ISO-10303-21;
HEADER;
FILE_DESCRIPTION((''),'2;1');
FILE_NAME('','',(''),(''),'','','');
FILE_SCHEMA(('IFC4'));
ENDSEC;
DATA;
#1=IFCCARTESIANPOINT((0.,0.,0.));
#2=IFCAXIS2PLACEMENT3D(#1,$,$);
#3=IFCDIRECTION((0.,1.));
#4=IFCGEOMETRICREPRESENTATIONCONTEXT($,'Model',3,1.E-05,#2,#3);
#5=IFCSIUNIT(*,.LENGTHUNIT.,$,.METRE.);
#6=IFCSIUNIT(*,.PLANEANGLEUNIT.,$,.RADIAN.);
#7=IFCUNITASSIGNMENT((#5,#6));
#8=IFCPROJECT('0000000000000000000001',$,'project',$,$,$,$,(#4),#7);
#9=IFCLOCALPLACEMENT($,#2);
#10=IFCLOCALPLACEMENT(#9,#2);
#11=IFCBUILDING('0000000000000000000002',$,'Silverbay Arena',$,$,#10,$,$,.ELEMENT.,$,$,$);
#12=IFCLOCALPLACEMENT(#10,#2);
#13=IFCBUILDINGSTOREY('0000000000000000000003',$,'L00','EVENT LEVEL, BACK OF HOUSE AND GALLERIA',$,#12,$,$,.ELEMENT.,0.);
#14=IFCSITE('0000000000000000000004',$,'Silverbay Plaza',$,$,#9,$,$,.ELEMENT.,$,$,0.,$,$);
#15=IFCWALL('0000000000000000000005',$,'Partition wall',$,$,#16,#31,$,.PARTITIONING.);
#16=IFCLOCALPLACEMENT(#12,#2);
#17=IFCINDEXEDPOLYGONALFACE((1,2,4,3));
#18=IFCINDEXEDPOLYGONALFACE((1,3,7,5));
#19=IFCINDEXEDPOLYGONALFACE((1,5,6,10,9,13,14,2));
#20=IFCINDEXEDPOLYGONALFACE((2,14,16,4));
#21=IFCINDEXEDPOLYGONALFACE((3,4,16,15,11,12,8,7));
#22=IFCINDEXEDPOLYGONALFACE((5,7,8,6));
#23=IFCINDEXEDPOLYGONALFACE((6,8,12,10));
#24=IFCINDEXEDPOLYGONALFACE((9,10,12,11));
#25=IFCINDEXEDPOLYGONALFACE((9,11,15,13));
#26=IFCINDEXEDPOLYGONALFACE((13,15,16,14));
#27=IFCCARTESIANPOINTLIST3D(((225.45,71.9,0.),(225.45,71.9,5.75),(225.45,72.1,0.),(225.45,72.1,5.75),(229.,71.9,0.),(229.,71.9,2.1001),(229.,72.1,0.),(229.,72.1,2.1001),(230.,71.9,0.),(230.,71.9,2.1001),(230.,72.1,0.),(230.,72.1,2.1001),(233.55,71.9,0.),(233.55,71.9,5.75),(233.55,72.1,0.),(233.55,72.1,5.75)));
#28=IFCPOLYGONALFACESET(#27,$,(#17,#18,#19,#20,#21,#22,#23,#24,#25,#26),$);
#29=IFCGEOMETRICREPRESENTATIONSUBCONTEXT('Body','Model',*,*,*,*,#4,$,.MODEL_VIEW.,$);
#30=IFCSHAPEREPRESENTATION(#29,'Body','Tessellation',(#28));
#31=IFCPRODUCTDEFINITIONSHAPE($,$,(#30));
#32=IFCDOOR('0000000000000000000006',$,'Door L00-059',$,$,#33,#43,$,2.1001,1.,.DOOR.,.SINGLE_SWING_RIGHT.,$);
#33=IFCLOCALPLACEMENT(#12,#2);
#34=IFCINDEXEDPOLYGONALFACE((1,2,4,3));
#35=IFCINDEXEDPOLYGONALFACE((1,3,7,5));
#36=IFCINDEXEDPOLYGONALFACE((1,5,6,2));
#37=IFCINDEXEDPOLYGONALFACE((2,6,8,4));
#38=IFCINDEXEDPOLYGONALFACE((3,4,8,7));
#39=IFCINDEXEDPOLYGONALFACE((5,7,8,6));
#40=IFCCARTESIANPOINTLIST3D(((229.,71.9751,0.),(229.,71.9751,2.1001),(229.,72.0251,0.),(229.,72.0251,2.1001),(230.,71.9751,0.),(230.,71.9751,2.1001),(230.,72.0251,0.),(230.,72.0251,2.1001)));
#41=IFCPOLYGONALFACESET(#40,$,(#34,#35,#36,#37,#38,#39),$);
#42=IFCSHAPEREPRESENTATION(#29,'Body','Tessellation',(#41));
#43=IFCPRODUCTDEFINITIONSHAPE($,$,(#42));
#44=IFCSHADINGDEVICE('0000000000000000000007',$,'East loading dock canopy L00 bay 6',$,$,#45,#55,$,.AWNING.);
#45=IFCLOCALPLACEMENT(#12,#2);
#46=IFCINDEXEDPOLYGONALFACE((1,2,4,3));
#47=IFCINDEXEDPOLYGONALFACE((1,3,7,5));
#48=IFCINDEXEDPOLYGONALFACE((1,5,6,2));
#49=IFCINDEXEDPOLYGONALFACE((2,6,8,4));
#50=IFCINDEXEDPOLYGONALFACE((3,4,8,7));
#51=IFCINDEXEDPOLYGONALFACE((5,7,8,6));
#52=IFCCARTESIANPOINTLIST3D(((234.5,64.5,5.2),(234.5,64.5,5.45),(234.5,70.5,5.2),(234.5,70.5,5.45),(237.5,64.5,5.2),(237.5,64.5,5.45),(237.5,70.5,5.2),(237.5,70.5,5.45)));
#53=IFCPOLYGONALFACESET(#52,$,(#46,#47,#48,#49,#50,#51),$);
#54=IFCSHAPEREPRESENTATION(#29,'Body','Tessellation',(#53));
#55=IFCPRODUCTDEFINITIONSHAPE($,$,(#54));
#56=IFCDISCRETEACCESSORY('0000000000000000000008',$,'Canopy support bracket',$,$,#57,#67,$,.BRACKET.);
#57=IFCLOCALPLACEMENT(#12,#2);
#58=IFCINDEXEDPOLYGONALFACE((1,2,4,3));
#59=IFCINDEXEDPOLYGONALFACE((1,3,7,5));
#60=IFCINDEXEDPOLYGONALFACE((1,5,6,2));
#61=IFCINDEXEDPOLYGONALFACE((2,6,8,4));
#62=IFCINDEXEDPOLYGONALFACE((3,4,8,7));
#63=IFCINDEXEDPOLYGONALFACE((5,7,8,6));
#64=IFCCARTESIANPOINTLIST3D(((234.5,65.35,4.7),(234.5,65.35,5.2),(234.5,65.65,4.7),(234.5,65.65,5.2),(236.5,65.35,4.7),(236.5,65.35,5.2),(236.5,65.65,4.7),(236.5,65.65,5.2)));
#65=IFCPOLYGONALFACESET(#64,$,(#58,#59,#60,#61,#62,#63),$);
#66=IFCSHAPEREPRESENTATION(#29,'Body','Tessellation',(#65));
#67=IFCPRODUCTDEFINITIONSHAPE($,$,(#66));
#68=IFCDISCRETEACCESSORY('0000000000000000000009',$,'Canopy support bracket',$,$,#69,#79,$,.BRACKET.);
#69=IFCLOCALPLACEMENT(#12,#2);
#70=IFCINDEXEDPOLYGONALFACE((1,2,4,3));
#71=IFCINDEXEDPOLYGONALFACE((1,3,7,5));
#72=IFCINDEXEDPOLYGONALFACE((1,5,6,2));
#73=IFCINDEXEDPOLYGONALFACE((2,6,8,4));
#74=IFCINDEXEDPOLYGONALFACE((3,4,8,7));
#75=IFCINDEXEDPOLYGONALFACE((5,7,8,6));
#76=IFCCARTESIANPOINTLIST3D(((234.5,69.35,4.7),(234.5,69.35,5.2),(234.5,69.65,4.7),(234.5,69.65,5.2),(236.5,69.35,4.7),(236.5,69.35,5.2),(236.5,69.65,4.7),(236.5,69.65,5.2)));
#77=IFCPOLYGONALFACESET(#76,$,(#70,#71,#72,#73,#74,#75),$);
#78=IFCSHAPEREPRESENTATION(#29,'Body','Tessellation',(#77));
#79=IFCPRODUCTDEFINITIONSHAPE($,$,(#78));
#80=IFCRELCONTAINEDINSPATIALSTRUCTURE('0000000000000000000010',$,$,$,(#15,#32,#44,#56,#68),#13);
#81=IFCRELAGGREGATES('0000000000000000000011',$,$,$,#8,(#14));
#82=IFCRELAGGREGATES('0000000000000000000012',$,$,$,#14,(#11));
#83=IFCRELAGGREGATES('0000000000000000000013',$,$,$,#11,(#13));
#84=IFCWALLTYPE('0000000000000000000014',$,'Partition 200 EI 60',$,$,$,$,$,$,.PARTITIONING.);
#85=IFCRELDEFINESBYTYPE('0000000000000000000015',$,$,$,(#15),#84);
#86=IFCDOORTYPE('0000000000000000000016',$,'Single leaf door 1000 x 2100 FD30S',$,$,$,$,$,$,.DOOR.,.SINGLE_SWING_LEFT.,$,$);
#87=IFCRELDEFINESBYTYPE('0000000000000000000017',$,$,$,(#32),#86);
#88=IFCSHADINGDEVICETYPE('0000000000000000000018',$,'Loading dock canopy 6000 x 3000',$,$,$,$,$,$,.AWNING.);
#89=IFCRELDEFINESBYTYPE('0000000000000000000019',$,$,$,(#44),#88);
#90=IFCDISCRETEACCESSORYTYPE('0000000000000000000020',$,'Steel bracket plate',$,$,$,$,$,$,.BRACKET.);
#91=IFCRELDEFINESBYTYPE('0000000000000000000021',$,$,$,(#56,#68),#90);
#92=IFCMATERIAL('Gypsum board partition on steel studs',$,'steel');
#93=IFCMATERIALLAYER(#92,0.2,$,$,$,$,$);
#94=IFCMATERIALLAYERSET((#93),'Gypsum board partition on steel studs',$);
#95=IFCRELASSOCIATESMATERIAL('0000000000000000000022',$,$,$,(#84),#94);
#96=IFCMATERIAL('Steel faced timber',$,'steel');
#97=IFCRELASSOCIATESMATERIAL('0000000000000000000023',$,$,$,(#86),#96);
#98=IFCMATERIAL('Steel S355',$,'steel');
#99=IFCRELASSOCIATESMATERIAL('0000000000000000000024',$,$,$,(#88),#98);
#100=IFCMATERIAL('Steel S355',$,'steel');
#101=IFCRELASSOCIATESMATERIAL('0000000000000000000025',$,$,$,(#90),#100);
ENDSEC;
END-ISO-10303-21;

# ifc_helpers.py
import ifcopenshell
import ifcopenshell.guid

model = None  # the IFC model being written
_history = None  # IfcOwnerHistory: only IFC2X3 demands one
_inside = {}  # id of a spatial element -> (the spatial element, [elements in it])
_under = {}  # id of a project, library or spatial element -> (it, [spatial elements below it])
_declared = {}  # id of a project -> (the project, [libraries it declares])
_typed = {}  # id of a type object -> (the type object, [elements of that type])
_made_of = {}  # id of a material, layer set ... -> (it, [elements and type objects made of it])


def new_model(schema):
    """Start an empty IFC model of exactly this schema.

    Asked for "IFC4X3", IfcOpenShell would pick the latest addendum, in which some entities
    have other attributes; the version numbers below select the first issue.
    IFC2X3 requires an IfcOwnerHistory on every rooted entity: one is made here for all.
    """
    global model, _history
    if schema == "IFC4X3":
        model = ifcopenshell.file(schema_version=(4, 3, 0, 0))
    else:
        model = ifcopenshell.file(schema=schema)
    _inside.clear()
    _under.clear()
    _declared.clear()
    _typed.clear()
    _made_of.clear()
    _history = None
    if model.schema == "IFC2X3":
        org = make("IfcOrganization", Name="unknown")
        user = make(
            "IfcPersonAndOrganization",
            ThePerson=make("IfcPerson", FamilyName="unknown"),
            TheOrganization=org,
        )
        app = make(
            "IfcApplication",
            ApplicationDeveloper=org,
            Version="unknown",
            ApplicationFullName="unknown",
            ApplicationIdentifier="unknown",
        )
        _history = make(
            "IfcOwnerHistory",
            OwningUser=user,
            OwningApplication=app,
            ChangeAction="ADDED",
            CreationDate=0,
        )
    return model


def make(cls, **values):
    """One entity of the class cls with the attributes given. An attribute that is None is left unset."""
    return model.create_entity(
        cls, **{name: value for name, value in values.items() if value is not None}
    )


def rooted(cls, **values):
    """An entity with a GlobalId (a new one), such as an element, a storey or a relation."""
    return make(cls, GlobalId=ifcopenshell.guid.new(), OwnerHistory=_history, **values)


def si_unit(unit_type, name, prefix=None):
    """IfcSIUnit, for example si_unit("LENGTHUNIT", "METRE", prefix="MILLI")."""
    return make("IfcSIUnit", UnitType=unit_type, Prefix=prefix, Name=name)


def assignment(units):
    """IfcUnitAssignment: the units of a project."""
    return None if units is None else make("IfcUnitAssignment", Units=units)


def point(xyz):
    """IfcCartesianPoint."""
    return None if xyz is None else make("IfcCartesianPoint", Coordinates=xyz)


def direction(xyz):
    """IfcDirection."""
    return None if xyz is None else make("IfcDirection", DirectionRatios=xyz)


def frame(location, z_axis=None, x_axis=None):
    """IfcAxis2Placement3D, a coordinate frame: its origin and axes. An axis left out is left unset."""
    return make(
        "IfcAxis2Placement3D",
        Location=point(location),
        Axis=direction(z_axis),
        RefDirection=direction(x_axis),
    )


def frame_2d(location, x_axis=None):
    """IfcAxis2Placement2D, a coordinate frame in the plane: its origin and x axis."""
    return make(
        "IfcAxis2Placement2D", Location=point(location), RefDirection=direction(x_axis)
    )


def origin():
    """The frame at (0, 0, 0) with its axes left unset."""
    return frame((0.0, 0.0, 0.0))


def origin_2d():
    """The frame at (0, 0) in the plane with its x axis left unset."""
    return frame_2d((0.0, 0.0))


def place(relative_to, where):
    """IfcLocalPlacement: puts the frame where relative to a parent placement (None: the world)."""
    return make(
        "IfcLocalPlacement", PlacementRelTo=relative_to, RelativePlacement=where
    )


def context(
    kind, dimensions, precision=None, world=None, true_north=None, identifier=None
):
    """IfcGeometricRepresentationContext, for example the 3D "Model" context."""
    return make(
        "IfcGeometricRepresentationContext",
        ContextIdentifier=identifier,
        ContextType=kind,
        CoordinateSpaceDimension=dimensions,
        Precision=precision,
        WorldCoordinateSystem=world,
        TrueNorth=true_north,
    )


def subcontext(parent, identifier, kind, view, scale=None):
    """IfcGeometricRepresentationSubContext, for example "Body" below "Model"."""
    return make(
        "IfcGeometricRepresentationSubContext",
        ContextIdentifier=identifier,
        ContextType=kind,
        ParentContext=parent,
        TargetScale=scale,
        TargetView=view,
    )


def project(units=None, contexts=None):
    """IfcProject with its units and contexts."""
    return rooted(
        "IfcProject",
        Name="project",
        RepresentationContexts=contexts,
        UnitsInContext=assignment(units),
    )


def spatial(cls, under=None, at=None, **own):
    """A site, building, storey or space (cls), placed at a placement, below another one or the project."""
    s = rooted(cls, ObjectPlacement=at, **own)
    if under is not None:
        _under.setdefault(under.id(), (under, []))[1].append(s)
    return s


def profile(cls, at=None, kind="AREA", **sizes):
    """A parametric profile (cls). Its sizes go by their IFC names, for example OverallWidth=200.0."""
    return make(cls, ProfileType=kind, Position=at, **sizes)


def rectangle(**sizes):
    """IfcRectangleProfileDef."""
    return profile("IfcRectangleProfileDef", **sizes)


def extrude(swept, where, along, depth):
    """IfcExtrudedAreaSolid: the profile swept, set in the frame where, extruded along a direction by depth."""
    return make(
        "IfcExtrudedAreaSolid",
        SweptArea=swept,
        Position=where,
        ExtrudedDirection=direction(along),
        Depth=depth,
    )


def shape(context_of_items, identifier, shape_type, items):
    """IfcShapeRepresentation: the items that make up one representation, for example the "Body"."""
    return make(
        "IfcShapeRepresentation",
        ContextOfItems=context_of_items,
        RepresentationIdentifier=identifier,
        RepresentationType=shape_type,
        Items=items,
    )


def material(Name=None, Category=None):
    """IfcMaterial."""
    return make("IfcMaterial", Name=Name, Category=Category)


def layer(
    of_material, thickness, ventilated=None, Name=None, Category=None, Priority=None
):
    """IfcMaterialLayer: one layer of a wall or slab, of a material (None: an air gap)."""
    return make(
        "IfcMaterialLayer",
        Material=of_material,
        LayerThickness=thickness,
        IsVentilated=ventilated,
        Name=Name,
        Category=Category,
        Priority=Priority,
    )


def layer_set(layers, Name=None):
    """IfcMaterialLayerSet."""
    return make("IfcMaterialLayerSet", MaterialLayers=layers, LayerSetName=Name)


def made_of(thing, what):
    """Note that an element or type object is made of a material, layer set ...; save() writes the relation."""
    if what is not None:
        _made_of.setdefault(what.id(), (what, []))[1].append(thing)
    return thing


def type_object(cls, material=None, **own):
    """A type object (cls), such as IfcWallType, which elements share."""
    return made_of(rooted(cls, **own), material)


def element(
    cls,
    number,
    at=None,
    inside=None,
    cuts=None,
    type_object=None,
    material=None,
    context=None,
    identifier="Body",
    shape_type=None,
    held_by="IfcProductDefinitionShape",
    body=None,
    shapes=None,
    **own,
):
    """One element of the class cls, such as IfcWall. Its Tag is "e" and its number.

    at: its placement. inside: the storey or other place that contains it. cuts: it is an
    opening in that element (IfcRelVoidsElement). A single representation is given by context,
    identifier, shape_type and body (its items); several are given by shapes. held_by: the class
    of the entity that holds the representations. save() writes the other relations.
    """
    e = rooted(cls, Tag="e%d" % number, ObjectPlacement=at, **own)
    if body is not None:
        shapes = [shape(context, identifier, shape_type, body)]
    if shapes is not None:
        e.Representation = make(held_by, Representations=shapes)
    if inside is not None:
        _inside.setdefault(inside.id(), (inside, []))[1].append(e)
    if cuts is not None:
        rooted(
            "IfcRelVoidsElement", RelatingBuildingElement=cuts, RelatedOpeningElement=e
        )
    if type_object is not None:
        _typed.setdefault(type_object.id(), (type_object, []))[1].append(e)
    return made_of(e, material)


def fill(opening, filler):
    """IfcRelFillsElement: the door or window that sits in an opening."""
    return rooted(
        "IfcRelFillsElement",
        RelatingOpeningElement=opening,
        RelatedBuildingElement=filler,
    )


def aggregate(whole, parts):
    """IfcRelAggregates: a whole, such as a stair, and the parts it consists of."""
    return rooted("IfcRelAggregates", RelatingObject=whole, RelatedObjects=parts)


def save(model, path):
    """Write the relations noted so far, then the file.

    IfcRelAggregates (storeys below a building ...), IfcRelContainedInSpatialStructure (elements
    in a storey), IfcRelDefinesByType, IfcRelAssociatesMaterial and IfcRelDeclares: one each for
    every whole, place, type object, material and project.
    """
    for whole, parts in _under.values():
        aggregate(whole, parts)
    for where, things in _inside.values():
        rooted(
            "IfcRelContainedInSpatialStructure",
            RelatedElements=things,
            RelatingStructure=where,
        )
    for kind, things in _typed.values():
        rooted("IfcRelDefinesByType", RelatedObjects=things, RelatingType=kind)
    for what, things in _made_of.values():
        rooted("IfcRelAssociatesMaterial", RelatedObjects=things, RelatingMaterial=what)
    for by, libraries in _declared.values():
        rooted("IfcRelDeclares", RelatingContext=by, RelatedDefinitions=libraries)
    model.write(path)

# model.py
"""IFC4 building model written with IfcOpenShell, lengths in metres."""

from ifc_helpers import new_model, si_unit, direction, frame, frame_2d, origin, origin_2d, place, context, subcontext, project, spatial, rectangle, extrude, material, layer, layer_set, type_object, element, fill, save


model = new_model("IFC4")

# Units and contexts
model_context = context("Model", 3, precision=1e-05, world=origin(), true_north=direction((0.0, 1.0)))
body_context = subcontext(model_context, "Body", "Model", "MODEL_VIEW")
ifc_project = project(units=[si_unit("LENGTHUNIT", "METRE"), si_unit("PLANEANGLEUNIT", "RADIAN")], contexts=[model_context])

# Site, building, storey
site_placement = place(None, origin())
site = spatial("IfcSite", under=ifc_project, at=site_placement, Name="Silverbay Plaza", CompositionType="ELEMENT", RefElevation=0.0)
building_placement = place(site_placement, origin())
building = spatial("IfcBuilding", under=site, at=building_placement, Name="Silverbay Arena", CompositionType="ELEMENT")
storey_placement = place(building_placement, origin())
storey = spatial("IfcBuildingStorey", under=building, at=storey_placement, Name="L00", Description="EVENT LEVEL, BACK OF HOUSE AND GALLERIA", CompositionType="ELEMENT", Elevation=0.0)

# Wall, opening, door
ifc_material_1 = material(Name="Gypsum board partition on steel studs", Category="steel")
ifc_layer_1 = layer(ifc_material_1, 0.2)
ifc_layer_set_1 = layer_set([ifc_layer_1], Name="Gypsum board partition on steel studs")
wall_type_1 = type_object("IfcWallType", Name="Partition 200 EI 60", PredefinedType="PARTITIONING", material=ifc_layer_set_1)
wall_1_placement = place(storey_placement, frame((225.45, 72.0, 0.0), z_axis=(0.0, 0.0, 1.0), x_axis=(1.0, 0.0, 0.0)))
wall_1 = element("IfcWall", 1, at=wall_1_placement, inside=storey, type_object=wall_type_1, Name="Partition wall", PredefinedType="PARTITIONING", context=body_context, shape_type="SweptSolid", body=[
    extrude(rectangle(XDim=8.1001, YDim=0.2, at=frame_2d((4.05, 0.0))), origin(), (0.0, 0.0, 1.0), 5.75),
])
opening_1_placement = place(wall_1_placement, frame((3.55, 0.0, 0.0)))
opening_1 = element("IfcOpeningElement", 2, at=opening_1_placement, cuts=wall_1, PredefinedType="OPENING", context=body_context, shape_type="SweptSolid", body=[
    extrude(rectangle(XDim=1.0, YDim=2.1001, at=frame_2d((0.5, 1.05))), frame((0.0, 0.1099, 0.0), z_axis=(0.0, -1.0, 0.0), x_axis=(1.0, 0.0, 0.0)), (0.0, 0.0, 1.0), 0.22),
])
ifc_material_2 = material(Name="Steel faced timber", Category="steel")
door_type_1 = type_object("IfcDoorType", Name="Single leaf door 1000 x 2100 FD30S", OperationType="SINGLE_SWING_LEFT", PredefinedType="DOOR", material=ifc_material_2)
door_1_placement = place(opening_1_placement, frame((1.0, 0.0, 0.0), z_axis=(0.0, 0.0, 1.0), x_axis=(-1.0, 0.0, 0.0)))
door_1 = element("IfcDoor", 3, at=door_1_placement, inside=storey, type_object=door_type_1, Name="Door L00-059", OperationType="SINGLE_SWING_RIGHT", OverallHeight=2.1001, OverallWidth=1.0, PredefinedType="DOOR", context=body_context, shape_type="SweptSolid", body=[
    extrude(rectangle(XDim=1.0, YDim=2.1001, at=frame_2d((0.5, 1.05))), frame((0.0, 0.0249, 0.0), z_axis=(0.0, -1.0, 0.0), x_axis=(1.0, 0.0, 0.0)), (0.0, 0.0, 1.0), 0.05),
])
fill(opening_1, door_1)

# Shading device
ifc_material_3 = material(Name="Steel S355", Category="steel")
shading_device_type = type_object("IfcShadingDeviceType", Name="Loading dock canopy 6000 x 3000", PredefinedType="AWNING", material=ifc_material_3)
shading_device_placement = place(storey_placement, frame((236.0, 67.5, 5.2), z_axis=(0.0, 0.0, 1.0), x_axis=(0.0, 1.0, 0.0)))
element("IfcShadingDevice", 4, at=shading_device_placement, inside=storey, type_object=shading_device_type, Name="East loading dock canopy L00 bay 6", PredefinedType="AWNING", context=body_context, shape_type="SweptSolid", body=[
    extrude(rectangle(XDim=6.0, YDim=3.0, at=origin_2d()), origin(), (0.0, 0.0, 1.0), 0.25),
])

# Discrete accessories
ifc_material_4 = material(Name="Steel S355", Category="steel")
discrete_accessory_type = type_object("IfcDiscreteAccessoryType", Name="Steel bracket plate", PredefinedType="BRACKET", material=ifc_material_4)
for number, where, z_axis, x_axis, name in (
    (5, (235.5, 65.5, 4.7), (0.0, 0.0, 1.0), (0.0, 1.0, 0.0), "Canopy support bracket"),
    (6, (235.5, 69.5, 4.7), (0.0, 0.0, 1.0), (0.0, 1.0, 0.0), "Canopy support bracket"),
):
    element("IfcDiscreteAccessory", number, at=place(storey_placement, frame(where, z_axis=z_axis, x_axis=x_axis)), inside=storey, type_object=discrete_accessory_type, Name=name, PredefinedType="BRACKET", context=body_context, shape_type="SweptSolid", body=[
        extrude(rectangle(XDim=0.3, YDim=2.0, at=origin_2d()), origin(), (0.0, 0.0, 1.0), 0.5),
    ])

save(model, "model.ifc")
